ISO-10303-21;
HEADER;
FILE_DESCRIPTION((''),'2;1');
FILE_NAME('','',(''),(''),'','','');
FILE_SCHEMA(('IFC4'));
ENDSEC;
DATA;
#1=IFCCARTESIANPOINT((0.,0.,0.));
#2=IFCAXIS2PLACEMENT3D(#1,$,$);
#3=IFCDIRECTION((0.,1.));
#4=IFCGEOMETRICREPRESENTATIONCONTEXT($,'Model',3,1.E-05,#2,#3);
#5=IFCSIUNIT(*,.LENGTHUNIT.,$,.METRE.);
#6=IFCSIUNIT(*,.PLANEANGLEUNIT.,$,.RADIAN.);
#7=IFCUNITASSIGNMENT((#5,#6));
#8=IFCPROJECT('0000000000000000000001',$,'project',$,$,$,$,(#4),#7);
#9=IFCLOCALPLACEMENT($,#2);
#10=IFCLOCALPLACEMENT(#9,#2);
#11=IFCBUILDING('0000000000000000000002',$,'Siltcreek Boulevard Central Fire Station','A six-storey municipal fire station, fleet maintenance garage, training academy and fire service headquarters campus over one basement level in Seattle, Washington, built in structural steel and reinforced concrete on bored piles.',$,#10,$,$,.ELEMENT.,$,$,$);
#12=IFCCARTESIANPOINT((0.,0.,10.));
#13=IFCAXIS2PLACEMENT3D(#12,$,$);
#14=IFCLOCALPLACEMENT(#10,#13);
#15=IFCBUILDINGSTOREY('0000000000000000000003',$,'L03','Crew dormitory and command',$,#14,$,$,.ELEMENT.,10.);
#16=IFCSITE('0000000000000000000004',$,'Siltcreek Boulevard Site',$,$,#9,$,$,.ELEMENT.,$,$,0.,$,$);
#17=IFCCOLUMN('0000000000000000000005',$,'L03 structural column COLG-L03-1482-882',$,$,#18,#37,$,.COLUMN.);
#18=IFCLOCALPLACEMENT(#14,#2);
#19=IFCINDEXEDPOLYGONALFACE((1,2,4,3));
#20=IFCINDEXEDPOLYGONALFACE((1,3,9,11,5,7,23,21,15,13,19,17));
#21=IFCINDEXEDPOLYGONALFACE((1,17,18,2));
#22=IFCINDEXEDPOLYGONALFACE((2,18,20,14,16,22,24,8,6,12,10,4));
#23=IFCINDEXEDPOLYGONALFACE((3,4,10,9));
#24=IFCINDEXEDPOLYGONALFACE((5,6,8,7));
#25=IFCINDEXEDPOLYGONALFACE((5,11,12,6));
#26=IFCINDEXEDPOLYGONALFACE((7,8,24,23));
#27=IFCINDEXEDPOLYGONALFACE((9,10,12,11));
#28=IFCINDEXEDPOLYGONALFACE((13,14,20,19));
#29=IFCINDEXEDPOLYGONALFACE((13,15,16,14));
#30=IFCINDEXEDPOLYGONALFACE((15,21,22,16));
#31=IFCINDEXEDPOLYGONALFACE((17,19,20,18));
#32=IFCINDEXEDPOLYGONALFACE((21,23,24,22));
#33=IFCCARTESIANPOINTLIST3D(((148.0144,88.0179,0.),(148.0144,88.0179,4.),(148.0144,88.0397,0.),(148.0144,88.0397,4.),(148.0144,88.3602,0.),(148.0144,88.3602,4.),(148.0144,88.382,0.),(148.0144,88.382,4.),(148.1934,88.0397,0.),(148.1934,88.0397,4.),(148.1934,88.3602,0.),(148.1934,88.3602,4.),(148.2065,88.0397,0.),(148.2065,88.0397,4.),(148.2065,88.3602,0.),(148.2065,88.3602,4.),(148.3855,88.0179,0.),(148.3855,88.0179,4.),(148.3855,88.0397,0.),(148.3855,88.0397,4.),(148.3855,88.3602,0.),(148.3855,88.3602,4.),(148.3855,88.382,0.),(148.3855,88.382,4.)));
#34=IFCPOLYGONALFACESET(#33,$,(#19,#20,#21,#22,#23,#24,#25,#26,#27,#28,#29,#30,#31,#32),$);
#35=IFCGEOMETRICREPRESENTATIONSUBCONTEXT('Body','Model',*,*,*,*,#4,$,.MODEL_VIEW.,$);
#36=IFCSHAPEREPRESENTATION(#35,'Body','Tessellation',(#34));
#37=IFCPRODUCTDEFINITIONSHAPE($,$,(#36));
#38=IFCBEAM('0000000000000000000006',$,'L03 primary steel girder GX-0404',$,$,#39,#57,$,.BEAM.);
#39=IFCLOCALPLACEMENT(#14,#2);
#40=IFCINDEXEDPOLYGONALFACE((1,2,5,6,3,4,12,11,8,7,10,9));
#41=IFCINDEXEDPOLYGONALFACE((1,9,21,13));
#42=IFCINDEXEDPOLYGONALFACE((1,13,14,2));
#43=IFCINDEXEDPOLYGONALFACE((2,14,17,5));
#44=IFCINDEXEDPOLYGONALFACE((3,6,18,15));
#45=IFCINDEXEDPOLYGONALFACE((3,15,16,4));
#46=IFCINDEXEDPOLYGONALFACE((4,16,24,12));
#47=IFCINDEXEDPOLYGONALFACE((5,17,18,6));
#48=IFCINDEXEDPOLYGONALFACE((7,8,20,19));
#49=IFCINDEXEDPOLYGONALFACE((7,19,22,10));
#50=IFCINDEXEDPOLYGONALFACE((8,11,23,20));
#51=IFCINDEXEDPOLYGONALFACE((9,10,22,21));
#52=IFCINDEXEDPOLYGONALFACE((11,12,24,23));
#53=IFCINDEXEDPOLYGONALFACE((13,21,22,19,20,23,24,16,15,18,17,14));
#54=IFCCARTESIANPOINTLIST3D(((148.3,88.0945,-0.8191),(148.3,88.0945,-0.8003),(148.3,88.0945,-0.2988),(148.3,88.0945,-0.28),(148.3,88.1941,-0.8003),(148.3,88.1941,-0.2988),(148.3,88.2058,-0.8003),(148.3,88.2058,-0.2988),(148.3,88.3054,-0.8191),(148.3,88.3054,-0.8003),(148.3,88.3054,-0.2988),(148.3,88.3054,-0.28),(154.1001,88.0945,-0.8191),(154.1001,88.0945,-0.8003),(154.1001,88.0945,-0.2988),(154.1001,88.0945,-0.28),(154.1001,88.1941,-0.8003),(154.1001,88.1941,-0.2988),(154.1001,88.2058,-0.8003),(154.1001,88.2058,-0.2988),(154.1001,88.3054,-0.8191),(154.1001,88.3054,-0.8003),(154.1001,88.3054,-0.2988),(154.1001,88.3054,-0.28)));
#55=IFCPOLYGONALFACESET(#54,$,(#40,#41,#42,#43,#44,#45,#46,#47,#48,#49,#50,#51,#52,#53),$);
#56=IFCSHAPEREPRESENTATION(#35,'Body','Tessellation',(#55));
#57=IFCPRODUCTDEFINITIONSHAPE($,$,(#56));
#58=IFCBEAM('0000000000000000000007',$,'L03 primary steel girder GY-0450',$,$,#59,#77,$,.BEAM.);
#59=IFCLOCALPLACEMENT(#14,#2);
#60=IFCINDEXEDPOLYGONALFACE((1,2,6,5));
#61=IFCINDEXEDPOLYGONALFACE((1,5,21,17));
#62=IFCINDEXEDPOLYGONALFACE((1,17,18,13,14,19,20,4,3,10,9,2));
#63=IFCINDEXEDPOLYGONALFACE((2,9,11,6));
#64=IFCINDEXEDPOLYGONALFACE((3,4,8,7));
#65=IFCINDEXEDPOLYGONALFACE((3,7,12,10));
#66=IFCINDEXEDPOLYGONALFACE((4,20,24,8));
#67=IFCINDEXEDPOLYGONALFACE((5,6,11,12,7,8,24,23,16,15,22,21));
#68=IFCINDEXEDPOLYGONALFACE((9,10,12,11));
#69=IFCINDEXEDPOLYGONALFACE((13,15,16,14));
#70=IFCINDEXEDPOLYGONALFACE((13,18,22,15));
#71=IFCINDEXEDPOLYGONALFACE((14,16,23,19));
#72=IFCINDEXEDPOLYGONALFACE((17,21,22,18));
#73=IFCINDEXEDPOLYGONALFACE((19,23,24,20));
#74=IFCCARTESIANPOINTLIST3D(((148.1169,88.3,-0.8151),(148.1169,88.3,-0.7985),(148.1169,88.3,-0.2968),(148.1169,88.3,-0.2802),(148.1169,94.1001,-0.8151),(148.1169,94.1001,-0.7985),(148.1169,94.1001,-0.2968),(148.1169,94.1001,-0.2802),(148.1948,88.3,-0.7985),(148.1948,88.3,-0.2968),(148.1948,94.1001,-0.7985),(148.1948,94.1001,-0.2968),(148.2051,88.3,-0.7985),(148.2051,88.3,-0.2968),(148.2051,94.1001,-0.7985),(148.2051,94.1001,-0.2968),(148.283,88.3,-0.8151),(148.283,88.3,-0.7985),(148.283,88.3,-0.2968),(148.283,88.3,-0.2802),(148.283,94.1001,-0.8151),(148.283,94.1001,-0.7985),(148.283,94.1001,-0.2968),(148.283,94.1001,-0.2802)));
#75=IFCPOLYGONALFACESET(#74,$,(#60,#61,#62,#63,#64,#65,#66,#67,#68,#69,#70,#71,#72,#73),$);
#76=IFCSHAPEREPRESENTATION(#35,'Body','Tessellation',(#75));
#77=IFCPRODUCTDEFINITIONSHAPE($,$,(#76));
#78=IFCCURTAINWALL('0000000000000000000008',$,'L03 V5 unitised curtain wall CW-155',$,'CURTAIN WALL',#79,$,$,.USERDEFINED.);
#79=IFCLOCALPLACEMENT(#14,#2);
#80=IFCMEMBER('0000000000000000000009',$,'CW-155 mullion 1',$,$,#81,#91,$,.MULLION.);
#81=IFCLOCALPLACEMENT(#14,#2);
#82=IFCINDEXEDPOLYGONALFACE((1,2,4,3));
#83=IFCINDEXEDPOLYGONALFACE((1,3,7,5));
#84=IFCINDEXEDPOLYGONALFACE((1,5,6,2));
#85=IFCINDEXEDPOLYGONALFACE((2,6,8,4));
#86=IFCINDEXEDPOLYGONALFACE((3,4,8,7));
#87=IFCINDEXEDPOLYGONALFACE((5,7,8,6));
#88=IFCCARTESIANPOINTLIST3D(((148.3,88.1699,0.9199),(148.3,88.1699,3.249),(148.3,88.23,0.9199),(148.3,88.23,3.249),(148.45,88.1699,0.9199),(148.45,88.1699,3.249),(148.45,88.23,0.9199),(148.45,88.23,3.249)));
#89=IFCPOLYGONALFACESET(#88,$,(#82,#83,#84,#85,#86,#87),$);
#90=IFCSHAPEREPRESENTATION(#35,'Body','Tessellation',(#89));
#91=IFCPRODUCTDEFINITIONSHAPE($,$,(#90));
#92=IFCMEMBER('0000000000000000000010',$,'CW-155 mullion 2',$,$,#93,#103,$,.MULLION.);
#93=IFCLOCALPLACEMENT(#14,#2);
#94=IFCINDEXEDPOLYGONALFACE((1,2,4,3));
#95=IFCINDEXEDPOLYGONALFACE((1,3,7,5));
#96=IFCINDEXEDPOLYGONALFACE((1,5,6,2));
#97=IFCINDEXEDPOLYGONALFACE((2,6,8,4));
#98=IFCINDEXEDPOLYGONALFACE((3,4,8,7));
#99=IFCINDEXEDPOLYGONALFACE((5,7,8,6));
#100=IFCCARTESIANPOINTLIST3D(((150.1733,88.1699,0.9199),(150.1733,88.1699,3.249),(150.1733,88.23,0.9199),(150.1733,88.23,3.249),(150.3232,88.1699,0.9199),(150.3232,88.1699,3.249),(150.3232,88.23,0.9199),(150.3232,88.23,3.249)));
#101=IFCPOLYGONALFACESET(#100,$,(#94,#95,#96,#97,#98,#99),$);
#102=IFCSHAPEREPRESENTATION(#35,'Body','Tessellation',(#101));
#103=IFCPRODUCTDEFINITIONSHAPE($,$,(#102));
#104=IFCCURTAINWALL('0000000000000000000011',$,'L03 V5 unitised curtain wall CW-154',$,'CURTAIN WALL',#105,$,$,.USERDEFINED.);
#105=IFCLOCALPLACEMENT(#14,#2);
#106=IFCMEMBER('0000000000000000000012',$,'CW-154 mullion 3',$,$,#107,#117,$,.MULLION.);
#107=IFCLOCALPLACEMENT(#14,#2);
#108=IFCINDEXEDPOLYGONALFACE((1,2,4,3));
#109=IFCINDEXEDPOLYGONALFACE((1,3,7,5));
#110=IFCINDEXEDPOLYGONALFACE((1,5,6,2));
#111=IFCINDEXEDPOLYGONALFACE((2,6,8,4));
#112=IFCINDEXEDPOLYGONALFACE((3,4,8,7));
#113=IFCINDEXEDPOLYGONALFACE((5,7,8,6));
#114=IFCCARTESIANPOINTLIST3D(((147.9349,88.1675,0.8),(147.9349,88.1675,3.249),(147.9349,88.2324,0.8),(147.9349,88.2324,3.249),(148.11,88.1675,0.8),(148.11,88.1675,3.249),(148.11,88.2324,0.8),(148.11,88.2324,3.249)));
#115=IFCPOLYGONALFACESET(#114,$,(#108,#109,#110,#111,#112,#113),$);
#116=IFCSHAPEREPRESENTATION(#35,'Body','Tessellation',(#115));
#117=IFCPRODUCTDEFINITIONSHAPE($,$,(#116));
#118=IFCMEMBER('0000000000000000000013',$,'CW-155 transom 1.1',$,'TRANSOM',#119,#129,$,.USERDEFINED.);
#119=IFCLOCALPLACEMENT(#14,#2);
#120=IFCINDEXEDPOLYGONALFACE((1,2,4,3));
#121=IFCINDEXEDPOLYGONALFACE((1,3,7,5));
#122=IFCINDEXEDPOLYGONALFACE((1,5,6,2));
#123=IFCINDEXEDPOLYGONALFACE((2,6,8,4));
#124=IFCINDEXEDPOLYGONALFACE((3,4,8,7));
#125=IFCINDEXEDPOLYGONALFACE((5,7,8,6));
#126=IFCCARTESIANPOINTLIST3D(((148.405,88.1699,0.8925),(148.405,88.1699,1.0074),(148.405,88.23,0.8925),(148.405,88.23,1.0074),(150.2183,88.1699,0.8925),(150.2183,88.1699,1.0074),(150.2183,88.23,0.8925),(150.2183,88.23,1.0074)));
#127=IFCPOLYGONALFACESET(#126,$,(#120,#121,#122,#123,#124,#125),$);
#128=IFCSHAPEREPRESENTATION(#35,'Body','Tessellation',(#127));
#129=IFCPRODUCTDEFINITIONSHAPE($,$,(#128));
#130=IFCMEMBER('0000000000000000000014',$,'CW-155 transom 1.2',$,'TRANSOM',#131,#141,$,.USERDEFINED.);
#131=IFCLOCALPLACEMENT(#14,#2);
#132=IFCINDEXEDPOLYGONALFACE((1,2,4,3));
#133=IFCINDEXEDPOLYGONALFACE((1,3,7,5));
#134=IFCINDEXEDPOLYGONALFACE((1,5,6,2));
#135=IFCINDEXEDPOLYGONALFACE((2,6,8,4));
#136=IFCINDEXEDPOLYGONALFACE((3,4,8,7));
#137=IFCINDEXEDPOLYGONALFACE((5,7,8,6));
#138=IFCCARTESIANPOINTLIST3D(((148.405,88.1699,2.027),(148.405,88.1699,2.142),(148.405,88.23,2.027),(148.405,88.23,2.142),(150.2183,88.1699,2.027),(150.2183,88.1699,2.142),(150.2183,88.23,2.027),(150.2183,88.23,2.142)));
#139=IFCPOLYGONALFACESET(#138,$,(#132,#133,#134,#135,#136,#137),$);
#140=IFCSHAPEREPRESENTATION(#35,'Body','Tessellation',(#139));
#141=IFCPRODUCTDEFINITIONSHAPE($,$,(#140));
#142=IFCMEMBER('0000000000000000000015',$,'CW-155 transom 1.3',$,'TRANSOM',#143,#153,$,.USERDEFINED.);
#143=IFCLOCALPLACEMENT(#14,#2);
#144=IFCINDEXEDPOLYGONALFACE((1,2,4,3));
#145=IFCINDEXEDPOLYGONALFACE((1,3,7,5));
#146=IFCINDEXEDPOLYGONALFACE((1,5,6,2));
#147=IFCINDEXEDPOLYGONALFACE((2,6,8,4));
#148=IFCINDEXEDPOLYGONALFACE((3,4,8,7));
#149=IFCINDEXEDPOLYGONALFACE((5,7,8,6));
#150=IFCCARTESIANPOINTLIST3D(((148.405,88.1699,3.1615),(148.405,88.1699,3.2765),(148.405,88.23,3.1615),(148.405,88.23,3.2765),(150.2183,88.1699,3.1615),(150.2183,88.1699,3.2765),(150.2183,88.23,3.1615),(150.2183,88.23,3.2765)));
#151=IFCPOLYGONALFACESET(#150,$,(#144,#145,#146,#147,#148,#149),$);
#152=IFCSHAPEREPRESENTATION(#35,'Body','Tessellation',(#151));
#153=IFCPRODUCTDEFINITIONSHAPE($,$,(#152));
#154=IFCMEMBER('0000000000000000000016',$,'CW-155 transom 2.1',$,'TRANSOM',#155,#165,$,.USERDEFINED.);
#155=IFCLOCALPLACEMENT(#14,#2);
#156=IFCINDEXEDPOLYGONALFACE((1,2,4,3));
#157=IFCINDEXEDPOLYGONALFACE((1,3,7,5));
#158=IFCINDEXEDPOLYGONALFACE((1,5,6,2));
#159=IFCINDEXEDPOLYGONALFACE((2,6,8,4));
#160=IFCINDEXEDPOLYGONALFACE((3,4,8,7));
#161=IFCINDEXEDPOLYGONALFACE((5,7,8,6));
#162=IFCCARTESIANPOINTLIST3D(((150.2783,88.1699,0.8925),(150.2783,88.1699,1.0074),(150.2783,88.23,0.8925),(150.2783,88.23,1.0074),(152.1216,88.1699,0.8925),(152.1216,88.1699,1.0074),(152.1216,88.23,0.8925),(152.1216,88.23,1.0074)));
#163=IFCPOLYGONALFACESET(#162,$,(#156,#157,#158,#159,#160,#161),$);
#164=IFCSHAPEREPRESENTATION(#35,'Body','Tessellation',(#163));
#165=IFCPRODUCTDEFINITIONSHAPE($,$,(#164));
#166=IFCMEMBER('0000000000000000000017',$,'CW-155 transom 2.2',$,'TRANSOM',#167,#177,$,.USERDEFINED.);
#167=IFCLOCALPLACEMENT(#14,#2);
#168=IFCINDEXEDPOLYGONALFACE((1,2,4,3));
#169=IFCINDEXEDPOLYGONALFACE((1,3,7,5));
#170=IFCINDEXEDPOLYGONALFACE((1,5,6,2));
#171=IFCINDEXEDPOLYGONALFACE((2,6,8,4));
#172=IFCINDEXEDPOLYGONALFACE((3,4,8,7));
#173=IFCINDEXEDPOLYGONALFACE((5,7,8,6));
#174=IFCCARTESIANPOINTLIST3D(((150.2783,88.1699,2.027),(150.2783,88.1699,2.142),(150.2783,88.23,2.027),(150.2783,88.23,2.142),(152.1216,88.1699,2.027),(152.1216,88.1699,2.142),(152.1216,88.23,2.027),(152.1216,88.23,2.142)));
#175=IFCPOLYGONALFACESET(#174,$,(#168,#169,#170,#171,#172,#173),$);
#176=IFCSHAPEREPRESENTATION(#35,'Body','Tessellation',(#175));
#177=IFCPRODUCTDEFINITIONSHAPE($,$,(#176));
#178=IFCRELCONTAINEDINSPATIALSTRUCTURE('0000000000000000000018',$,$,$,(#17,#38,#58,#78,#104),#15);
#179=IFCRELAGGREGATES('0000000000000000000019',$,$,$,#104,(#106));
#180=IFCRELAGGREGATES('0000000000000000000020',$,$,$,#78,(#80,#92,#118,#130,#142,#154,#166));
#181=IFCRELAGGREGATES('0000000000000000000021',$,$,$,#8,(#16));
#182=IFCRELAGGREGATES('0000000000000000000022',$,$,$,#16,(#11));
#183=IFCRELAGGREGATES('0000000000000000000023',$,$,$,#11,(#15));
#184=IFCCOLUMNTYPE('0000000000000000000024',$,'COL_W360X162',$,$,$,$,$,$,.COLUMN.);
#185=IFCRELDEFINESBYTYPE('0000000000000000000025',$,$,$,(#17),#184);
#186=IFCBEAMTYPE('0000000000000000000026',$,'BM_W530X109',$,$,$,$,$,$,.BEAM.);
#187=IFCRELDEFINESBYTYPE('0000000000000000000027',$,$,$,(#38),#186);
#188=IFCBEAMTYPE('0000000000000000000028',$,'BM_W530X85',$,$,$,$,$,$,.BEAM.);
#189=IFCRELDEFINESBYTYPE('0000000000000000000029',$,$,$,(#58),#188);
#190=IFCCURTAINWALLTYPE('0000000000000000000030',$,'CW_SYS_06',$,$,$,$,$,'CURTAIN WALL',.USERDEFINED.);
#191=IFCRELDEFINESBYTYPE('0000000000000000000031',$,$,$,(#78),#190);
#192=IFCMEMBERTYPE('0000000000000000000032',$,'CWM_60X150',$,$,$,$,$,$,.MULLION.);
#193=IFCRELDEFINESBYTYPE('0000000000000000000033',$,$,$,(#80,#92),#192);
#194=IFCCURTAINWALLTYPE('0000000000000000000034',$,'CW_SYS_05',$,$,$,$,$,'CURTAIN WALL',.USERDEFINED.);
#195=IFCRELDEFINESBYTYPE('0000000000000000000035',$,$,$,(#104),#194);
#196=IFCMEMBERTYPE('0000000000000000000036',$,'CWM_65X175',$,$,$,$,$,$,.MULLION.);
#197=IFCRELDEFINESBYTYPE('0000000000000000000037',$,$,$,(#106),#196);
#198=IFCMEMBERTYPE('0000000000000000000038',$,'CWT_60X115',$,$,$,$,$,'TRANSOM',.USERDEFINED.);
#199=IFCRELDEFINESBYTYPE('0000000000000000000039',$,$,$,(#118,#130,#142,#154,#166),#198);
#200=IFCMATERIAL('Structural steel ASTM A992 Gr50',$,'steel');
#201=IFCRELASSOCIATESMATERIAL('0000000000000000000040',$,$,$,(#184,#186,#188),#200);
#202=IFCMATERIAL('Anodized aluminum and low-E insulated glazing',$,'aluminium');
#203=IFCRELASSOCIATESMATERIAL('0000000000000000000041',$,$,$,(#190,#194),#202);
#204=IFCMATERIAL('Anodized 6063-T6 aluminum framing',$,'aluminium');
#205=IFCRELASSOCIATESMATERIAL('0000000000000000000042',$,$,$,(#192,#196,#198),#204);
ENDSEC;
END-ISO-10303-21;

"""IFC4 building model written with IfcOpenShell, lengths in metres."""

from ifc_helpers import new_model, si_unit, direction, frame, origin, origin_2d, place, context, subcontext, project, spatial, rectangle, i_section, extrude, material, material_profile, profile_set, type_object, element, aggregate, save


model = new_model("IFC4")

# Units and contexts
model_context = context("Model", 3, precision=1e-05, world=origin(), true_north=direction((0.0, 1.0)))
body_context = subcontext(model_context, "Body", "Model", "MODEL_VIEW")
ifc_project = project(units=[si_unit("LENGTHUNIT", "METRE"), si_unit("PLANEANGLEUNIT", "RADIAN")], contexts=[model_context])

# Site, building, storey
site_placement = place(None, origin())
site = spatial("IfcSite", under=ifc_project, at=site_placement, Name="Siltcreek Boulevard Site", CompositionType="ELEMENT", RefElevation=0.0)
building_placement = place(site_placement, origin())
building = spatial("IfcBuilding", under=site, at=building_placement, Name="Siltcreek Boulevard Central Fire Station", Description="A six-storey municipal fire station, fleet maintenance garage, training academy and fire service headquarters campus over one basement level in Seattle, Washington, built in structural steel and reinforced concrete on bored piles.", CompositionType="ELEMENT")
storey_placement = place(building_placement, frame((0.0, 0.0, 10.0)))
storey = spatial("IfcBuildingStorey", under=building, at=storey_placement, Name="L03", Description="Crew dormitory and command", CompositionType="ELEMENT", Elevation=10.0)

# Column
ifc_material_1 = material(Name="Structural steel ASTM A992 Gr50", Category="steel")
ifc_material_profile_1 = material_profile(ifc_material_1, i_section(OverallWidth=0.3711, OverallDepth=0.364, WebThickness=0.0132, FlangeThickness=0.0217, at=origin_2d()), Name="W360X162")
ifc_profile_set_1 = profile_set([ifc_material_profile_1], Name="Structural steel ASTM A992 Gr50")
column_type = type_object("IfcColumnType", Name="COL_W360X162", PredefinedType="COLUMN", material=ifc_profile_set_1)
column_placement = place(storey_placement, frame((148.2, 88.2, 0.0), z_axis=(0.0, 0.0, 1.0), x_axis=(1.0, 0.0, 0.0)))
element("IfcColumn", 1, at=column_placement, inside=storey, type_object=column_type, Name="L03 structural column COLG-L03-1482-882", PredefinedType="COLUMN", context=body_context, shape_type="SweptSolid", body=[
    extrude(i_section(OverallWidth=0.3711, OverallDepth=0.364, WebThickness=0.0132, FlangeThickness=0.0217, at=origin_2d()), origin(), (0.0, 0.0, 1.0), 4.0),
])

# Beams
ifc_material_profile_2 = material_profile(ifc_material_1, i_section(OverallWidth=0.2109, OverallDepth=0.5391, WebThickness=0.0117, FlangeThickness=0.0188, at=origin_2d()), Name="W530X109")
ifc_profile_set_2 = profile_set([ifc_material_profile_2], Name="Structural steel ASTM A992 Gr50")
beam_type_1 = type_object("IfcBeamType", Name="BM_W530X109", PredefinedType="BEAM", material=ifc_profile_set_2)
beam_1_placement = place(storey_placement, frame((148.3, 88.2, -0.5496), z_axis=(1.0, 0.0, 0.0), x_axis=(0.0, 1.0, 0.0)))
element("IfcBeam", 2, at=beam_1_placement, inside=storey, type_object=beam_type_1, Name="L03 primary steel girder GX-0404", PredefinedType="BEAM", context=body_context, shape_type="SweptSolid", body=[
    extrude(i_section(OverallWidth=0.2109, OverallDepth=0.5391, WebThickness=0.0117, FlangeThickness=0.0188, at=origin_2d()), origin(), (0.0, 0.0, 1.0), 5.8),
])
ifc_material_profile_3 = material_profile(ifc_material_1, i_section(OverallWidth=0.166, OverallDepth=0.5349, WebThickness=0.0103, FlangeThickness=0.0166, at=origin_2d()), Name="W530X85")
ifc_profile_set_3 = profile_set([ifc_material_profile_3], Name="Structural steel ASTM A992 Gr50")
beam_type_2 = type_object("IfcBeamType", Name="BM_W530X85", PredefinedType="BEAM", material=ifc_profile_set_3)
beam_2_placement = place(storey_placement, frame((148.2, 88.3, -0.5476), z_axis=(0.0, 1.0, 0.0), x_axis=(-1.0, 0.0, 0.0)))
element("IfcBeam", 3, at=beam_2_placement, inside=storey, type_object=beam_type_2, Name="L03 primary steel girder GY-0450", PredefinedType="BEAM", context=body_context, shape_type="SweptSolid", body=[
    extrude(i_section(OverallWidth=0.166, OverallDepth=0.5349, WebThickness=0.0103, FlangeThickness=0.0166, at=origin_2d()), origin(), (0.0, 0.0, 1.0), 5.8),
])

# Curtain wall, members
ifc_material_2 = material(Name="Anodized aluminum and low-E insulated glazing", Category="aluminium")
curtain_wall_type_1 = type_object("IfcCurtainWallType", Name="CW_SYS_06", ElementType="CURTAIN WALL", PredefinedType="USERDEFINED", material=ifc_material_2)
curtain_wall_1_placement = place(storey_placement, origin())
curtain_wall_1 = element("IfcCurtainWall", 4, at=curtain_wall_1_placement, inside=storey, type_object=curtain_wall_type_1, Name="L03 V5 unitised curtain wall CW-155", ObjectType="CURTAIN WALL", PredefinedType="USERDEFINED")
ifc_material_3 = material(Name="Anodized 6063-T6 aluminum framing", Category="aluminium")
ifc_material_profile_4 = material_profile(ifc_material_3, rectangle(XDim=0.0601, YDim=0.1499, at=origin_2d()), Name="MULL60X150")
ifc_profile_set_4 = profile_set([ifc_material_profile_4], Name="Anodized 6063-T6 aluminum framing")
member_type_1 = type_object("IfcMemberType", Name="CWM_60X150", PredefinedType="MULLION", material=ifc_profile_set_4)
member_1_placement = place(storey_placement, frame((148.375, 88.2, 0.9199), z_axis=(0.0, 0.0, 1.0), x_axis=(0.0, 1.0, 0.0)))
member_1 = element("IfcMember", 5, at=member_1_placement, type_object=member_type_1, Name="CW-155 mullion 1", PredefinedType="MULLION", context=body_context, shape_type="SweptSolid", body=[
    extrude(rectangle(XDim=0.0601, YDim=0.1499, at=origin_2d()), origin(), (0.0, 0.0, 1.0), 2.3291),
])
member_2_placement = place(storey_placement, frame((150.2483, 88.2, 0.9199), z_axis=(0.0, 0.0, 1.0), x_axis=(0.0, 1.0, 0.0)))
member_2 = element("IfcMember", 6, at=member_2_placement, type_object=member_type_1, Name="CW-155 mullion 2", PredefinedType="MULLION", context=body_context, shape_type="SweptSolid", body=[
    extrude(rectangle(XDim=0.0601, YDim=0.1499, at=origin_2d()), origin(), (0.0, 0.0, 1.0), 2.3291),
])

# Curtain wall, member
curtain_wall_type_2 = type_object("IfcCurtainWallType", Name="CW_SYS_05", ElementType="CURTAIN WALL", PredefinedType="USERDEFINED", material=ifc_material_2)
curtain_wall_2_placement = place(storey_placement, origin())
curtain_wall_2 = element("IfcCurtainWall", 7, at=curtain_wall_2_placement, inside=storey, type_object=curtain_wall_type_2, Name="L03 V5 unitised curtain wall CW-154", ObjectType="CURTAIN WALL", PredefinedType="USERDEFINED")
ifc_material_profile_5 = material_profile(ifc_material_3, rectangle(XDim=0.0649, YDim=0.175, at=origin_2d()), Name="MULL65X175")
ifc_profile_set_5 = profile_set([ifc_material_profile_5], Name="Anodized 6063-T6 aluminum framing")
member_type_2 = type_object("IfcMemberType", Name="CWM_65X175", PredefinedType="MULLION", material=ifc_profile_set_5)
member_3_placement = place(storey_placement, frame((148.0225, 88.2, 0.8), z_axis=(0.0, 0.0, 1.0), x_axis=(0.0, 1.0, 0.0)))
member_3 = element("IfcMember", 8, at=member_3_placement, type_object=member_type_2, Name="CW-154 mullion 3", PredefinedType="MULLION", context=body_context, shape_type="SweptSolid", body=[
    extrude(rectangle(XDim=0.0649, YDim=0.175, at=origin_2d()), origin(), (0.0, 0.0, 1.0), 2.449),
])
aggregate(curtain_wall_2, [member_3])

# Members
ifc_material_profile_6 = material_profile(ifc_material_3, rectangle(XDim=0.0601, YDim=0.115, at=origin_2d()), Name="TRAN60X115")
ifc_profile_set_6 = profile_set([ifc_material_profile_6], Name="Anodized 6063-T6 aluminum framing")
member_type_3 = type_object("IfcMemberType", Name="CWT_60X115", ElementType="TRANSOM", PredefinedType="USERDEFINED", material=ifc_profile_set_6)
member_4_placement = place(storey_placement, frame((148.405, 88.2, 0.95), z_axis=(1.0, 0.0, 0.0), x_axis=(0.0, 1.0, 0.0)))
member_4 = element("IfcMember", 9, at=member_4_placement, type_object=member_type_3, Name="CW-155 transom 1.1", ObjectType="TRANSOM", PredefinedType="USERDEFINED", context=body_context, shape_type="SweptSolid", body=[
    extrude(rectangle(XDim=0.0601, YDim=0.115, at=origin_2d()), origin(), (0.0, 0.0, 1.0), 1.8132),
])
member_5_placement = place(storey_placement, frame((148.405, 88.2, 2.0845), z_axis=(1.0, 0.0, 0.0), x_axis=(0.0, 1.0, 0.0)))
member_5 = element("IfcMember", 10, at=member_5_placement, type_object=member_type_3, Name="CW-155 transom 1.2", ObjectType="TRANSOM", PredefinedType="USERDEFINED", context=body_context, shape_type="SweptSolid", body=[
    extrude(rectangle(XDim=0.0601, YDim=0.115, at=origin_2d()), origin(), (0.0, 0.0, 1.0), 1.8132),
])
member_6_placement = place(storey_placement, frame((148.405, 88.2, 3.219), z_axis=(1.0, 0.0, 0.0), x_axis=(0.0, 1.0, 0.0)))
member_6 = element("IfcMember", 11, at=member_6_placement, type_object=member_type_3, Name="CW-155 transom 1.3", ObjectType="TRANSOM", PredefinedType="USERDEFINED", context=body_context, shape_type="SweptSolid", body=[
    extrude(rectangle(XDim=0.0601, YDim=0.115, at=origin_2d()), origin(), (0.0, 0.0, 1.0), 1.8132),
])
member_7_placement = place(storey_placement, frame((150.2783, 88.2, 0.95), z_axis=(1.0, 0.0, 0.0), x_axis=(0.0, 1.0, 0.0)))
member_7 = element("IfcMember", 12, at=member_7_placement, type_object=member_type_3, Name="CW-155 transom 2.1", ObjectType="TRANSOM", PredefinedType="USERDEFINED", context=body_context, shape_type="SweptSolid", body=[
    extrude(rectangle(XDim=0.0601, YDim=0.115, at=origin_2d()), origin(), (0.0, 0.0, 1.0), 1.8433),
])
member_8_placement = place(storey_placement, frame((150.2783, 88.2, 2.0845), z_axis=(1.0, 0.0, 0.0), x_axis=(0.0, 1.0, 0.0)))
member_8 = element("IfcMember", 13, at=member_8_placement, type_object=member_type_3, Name="CW-155 transom 2.2", ObjectType="TRANSOM", PredefinedType="USERDEFINED", context=body_context, shape_type="SweptSolid", body=[
    extrude(rectangle(XDim=0.0601, YDim=0.115, at=origin_2d()), origin(), (0.0, 0.0, 1.0), 1.8433),
])

aggregate(curtain_wall_1, [member_1, member_2, member_4, member_5, member_6, member_7, member_8])

save(model, "model.ifc")
